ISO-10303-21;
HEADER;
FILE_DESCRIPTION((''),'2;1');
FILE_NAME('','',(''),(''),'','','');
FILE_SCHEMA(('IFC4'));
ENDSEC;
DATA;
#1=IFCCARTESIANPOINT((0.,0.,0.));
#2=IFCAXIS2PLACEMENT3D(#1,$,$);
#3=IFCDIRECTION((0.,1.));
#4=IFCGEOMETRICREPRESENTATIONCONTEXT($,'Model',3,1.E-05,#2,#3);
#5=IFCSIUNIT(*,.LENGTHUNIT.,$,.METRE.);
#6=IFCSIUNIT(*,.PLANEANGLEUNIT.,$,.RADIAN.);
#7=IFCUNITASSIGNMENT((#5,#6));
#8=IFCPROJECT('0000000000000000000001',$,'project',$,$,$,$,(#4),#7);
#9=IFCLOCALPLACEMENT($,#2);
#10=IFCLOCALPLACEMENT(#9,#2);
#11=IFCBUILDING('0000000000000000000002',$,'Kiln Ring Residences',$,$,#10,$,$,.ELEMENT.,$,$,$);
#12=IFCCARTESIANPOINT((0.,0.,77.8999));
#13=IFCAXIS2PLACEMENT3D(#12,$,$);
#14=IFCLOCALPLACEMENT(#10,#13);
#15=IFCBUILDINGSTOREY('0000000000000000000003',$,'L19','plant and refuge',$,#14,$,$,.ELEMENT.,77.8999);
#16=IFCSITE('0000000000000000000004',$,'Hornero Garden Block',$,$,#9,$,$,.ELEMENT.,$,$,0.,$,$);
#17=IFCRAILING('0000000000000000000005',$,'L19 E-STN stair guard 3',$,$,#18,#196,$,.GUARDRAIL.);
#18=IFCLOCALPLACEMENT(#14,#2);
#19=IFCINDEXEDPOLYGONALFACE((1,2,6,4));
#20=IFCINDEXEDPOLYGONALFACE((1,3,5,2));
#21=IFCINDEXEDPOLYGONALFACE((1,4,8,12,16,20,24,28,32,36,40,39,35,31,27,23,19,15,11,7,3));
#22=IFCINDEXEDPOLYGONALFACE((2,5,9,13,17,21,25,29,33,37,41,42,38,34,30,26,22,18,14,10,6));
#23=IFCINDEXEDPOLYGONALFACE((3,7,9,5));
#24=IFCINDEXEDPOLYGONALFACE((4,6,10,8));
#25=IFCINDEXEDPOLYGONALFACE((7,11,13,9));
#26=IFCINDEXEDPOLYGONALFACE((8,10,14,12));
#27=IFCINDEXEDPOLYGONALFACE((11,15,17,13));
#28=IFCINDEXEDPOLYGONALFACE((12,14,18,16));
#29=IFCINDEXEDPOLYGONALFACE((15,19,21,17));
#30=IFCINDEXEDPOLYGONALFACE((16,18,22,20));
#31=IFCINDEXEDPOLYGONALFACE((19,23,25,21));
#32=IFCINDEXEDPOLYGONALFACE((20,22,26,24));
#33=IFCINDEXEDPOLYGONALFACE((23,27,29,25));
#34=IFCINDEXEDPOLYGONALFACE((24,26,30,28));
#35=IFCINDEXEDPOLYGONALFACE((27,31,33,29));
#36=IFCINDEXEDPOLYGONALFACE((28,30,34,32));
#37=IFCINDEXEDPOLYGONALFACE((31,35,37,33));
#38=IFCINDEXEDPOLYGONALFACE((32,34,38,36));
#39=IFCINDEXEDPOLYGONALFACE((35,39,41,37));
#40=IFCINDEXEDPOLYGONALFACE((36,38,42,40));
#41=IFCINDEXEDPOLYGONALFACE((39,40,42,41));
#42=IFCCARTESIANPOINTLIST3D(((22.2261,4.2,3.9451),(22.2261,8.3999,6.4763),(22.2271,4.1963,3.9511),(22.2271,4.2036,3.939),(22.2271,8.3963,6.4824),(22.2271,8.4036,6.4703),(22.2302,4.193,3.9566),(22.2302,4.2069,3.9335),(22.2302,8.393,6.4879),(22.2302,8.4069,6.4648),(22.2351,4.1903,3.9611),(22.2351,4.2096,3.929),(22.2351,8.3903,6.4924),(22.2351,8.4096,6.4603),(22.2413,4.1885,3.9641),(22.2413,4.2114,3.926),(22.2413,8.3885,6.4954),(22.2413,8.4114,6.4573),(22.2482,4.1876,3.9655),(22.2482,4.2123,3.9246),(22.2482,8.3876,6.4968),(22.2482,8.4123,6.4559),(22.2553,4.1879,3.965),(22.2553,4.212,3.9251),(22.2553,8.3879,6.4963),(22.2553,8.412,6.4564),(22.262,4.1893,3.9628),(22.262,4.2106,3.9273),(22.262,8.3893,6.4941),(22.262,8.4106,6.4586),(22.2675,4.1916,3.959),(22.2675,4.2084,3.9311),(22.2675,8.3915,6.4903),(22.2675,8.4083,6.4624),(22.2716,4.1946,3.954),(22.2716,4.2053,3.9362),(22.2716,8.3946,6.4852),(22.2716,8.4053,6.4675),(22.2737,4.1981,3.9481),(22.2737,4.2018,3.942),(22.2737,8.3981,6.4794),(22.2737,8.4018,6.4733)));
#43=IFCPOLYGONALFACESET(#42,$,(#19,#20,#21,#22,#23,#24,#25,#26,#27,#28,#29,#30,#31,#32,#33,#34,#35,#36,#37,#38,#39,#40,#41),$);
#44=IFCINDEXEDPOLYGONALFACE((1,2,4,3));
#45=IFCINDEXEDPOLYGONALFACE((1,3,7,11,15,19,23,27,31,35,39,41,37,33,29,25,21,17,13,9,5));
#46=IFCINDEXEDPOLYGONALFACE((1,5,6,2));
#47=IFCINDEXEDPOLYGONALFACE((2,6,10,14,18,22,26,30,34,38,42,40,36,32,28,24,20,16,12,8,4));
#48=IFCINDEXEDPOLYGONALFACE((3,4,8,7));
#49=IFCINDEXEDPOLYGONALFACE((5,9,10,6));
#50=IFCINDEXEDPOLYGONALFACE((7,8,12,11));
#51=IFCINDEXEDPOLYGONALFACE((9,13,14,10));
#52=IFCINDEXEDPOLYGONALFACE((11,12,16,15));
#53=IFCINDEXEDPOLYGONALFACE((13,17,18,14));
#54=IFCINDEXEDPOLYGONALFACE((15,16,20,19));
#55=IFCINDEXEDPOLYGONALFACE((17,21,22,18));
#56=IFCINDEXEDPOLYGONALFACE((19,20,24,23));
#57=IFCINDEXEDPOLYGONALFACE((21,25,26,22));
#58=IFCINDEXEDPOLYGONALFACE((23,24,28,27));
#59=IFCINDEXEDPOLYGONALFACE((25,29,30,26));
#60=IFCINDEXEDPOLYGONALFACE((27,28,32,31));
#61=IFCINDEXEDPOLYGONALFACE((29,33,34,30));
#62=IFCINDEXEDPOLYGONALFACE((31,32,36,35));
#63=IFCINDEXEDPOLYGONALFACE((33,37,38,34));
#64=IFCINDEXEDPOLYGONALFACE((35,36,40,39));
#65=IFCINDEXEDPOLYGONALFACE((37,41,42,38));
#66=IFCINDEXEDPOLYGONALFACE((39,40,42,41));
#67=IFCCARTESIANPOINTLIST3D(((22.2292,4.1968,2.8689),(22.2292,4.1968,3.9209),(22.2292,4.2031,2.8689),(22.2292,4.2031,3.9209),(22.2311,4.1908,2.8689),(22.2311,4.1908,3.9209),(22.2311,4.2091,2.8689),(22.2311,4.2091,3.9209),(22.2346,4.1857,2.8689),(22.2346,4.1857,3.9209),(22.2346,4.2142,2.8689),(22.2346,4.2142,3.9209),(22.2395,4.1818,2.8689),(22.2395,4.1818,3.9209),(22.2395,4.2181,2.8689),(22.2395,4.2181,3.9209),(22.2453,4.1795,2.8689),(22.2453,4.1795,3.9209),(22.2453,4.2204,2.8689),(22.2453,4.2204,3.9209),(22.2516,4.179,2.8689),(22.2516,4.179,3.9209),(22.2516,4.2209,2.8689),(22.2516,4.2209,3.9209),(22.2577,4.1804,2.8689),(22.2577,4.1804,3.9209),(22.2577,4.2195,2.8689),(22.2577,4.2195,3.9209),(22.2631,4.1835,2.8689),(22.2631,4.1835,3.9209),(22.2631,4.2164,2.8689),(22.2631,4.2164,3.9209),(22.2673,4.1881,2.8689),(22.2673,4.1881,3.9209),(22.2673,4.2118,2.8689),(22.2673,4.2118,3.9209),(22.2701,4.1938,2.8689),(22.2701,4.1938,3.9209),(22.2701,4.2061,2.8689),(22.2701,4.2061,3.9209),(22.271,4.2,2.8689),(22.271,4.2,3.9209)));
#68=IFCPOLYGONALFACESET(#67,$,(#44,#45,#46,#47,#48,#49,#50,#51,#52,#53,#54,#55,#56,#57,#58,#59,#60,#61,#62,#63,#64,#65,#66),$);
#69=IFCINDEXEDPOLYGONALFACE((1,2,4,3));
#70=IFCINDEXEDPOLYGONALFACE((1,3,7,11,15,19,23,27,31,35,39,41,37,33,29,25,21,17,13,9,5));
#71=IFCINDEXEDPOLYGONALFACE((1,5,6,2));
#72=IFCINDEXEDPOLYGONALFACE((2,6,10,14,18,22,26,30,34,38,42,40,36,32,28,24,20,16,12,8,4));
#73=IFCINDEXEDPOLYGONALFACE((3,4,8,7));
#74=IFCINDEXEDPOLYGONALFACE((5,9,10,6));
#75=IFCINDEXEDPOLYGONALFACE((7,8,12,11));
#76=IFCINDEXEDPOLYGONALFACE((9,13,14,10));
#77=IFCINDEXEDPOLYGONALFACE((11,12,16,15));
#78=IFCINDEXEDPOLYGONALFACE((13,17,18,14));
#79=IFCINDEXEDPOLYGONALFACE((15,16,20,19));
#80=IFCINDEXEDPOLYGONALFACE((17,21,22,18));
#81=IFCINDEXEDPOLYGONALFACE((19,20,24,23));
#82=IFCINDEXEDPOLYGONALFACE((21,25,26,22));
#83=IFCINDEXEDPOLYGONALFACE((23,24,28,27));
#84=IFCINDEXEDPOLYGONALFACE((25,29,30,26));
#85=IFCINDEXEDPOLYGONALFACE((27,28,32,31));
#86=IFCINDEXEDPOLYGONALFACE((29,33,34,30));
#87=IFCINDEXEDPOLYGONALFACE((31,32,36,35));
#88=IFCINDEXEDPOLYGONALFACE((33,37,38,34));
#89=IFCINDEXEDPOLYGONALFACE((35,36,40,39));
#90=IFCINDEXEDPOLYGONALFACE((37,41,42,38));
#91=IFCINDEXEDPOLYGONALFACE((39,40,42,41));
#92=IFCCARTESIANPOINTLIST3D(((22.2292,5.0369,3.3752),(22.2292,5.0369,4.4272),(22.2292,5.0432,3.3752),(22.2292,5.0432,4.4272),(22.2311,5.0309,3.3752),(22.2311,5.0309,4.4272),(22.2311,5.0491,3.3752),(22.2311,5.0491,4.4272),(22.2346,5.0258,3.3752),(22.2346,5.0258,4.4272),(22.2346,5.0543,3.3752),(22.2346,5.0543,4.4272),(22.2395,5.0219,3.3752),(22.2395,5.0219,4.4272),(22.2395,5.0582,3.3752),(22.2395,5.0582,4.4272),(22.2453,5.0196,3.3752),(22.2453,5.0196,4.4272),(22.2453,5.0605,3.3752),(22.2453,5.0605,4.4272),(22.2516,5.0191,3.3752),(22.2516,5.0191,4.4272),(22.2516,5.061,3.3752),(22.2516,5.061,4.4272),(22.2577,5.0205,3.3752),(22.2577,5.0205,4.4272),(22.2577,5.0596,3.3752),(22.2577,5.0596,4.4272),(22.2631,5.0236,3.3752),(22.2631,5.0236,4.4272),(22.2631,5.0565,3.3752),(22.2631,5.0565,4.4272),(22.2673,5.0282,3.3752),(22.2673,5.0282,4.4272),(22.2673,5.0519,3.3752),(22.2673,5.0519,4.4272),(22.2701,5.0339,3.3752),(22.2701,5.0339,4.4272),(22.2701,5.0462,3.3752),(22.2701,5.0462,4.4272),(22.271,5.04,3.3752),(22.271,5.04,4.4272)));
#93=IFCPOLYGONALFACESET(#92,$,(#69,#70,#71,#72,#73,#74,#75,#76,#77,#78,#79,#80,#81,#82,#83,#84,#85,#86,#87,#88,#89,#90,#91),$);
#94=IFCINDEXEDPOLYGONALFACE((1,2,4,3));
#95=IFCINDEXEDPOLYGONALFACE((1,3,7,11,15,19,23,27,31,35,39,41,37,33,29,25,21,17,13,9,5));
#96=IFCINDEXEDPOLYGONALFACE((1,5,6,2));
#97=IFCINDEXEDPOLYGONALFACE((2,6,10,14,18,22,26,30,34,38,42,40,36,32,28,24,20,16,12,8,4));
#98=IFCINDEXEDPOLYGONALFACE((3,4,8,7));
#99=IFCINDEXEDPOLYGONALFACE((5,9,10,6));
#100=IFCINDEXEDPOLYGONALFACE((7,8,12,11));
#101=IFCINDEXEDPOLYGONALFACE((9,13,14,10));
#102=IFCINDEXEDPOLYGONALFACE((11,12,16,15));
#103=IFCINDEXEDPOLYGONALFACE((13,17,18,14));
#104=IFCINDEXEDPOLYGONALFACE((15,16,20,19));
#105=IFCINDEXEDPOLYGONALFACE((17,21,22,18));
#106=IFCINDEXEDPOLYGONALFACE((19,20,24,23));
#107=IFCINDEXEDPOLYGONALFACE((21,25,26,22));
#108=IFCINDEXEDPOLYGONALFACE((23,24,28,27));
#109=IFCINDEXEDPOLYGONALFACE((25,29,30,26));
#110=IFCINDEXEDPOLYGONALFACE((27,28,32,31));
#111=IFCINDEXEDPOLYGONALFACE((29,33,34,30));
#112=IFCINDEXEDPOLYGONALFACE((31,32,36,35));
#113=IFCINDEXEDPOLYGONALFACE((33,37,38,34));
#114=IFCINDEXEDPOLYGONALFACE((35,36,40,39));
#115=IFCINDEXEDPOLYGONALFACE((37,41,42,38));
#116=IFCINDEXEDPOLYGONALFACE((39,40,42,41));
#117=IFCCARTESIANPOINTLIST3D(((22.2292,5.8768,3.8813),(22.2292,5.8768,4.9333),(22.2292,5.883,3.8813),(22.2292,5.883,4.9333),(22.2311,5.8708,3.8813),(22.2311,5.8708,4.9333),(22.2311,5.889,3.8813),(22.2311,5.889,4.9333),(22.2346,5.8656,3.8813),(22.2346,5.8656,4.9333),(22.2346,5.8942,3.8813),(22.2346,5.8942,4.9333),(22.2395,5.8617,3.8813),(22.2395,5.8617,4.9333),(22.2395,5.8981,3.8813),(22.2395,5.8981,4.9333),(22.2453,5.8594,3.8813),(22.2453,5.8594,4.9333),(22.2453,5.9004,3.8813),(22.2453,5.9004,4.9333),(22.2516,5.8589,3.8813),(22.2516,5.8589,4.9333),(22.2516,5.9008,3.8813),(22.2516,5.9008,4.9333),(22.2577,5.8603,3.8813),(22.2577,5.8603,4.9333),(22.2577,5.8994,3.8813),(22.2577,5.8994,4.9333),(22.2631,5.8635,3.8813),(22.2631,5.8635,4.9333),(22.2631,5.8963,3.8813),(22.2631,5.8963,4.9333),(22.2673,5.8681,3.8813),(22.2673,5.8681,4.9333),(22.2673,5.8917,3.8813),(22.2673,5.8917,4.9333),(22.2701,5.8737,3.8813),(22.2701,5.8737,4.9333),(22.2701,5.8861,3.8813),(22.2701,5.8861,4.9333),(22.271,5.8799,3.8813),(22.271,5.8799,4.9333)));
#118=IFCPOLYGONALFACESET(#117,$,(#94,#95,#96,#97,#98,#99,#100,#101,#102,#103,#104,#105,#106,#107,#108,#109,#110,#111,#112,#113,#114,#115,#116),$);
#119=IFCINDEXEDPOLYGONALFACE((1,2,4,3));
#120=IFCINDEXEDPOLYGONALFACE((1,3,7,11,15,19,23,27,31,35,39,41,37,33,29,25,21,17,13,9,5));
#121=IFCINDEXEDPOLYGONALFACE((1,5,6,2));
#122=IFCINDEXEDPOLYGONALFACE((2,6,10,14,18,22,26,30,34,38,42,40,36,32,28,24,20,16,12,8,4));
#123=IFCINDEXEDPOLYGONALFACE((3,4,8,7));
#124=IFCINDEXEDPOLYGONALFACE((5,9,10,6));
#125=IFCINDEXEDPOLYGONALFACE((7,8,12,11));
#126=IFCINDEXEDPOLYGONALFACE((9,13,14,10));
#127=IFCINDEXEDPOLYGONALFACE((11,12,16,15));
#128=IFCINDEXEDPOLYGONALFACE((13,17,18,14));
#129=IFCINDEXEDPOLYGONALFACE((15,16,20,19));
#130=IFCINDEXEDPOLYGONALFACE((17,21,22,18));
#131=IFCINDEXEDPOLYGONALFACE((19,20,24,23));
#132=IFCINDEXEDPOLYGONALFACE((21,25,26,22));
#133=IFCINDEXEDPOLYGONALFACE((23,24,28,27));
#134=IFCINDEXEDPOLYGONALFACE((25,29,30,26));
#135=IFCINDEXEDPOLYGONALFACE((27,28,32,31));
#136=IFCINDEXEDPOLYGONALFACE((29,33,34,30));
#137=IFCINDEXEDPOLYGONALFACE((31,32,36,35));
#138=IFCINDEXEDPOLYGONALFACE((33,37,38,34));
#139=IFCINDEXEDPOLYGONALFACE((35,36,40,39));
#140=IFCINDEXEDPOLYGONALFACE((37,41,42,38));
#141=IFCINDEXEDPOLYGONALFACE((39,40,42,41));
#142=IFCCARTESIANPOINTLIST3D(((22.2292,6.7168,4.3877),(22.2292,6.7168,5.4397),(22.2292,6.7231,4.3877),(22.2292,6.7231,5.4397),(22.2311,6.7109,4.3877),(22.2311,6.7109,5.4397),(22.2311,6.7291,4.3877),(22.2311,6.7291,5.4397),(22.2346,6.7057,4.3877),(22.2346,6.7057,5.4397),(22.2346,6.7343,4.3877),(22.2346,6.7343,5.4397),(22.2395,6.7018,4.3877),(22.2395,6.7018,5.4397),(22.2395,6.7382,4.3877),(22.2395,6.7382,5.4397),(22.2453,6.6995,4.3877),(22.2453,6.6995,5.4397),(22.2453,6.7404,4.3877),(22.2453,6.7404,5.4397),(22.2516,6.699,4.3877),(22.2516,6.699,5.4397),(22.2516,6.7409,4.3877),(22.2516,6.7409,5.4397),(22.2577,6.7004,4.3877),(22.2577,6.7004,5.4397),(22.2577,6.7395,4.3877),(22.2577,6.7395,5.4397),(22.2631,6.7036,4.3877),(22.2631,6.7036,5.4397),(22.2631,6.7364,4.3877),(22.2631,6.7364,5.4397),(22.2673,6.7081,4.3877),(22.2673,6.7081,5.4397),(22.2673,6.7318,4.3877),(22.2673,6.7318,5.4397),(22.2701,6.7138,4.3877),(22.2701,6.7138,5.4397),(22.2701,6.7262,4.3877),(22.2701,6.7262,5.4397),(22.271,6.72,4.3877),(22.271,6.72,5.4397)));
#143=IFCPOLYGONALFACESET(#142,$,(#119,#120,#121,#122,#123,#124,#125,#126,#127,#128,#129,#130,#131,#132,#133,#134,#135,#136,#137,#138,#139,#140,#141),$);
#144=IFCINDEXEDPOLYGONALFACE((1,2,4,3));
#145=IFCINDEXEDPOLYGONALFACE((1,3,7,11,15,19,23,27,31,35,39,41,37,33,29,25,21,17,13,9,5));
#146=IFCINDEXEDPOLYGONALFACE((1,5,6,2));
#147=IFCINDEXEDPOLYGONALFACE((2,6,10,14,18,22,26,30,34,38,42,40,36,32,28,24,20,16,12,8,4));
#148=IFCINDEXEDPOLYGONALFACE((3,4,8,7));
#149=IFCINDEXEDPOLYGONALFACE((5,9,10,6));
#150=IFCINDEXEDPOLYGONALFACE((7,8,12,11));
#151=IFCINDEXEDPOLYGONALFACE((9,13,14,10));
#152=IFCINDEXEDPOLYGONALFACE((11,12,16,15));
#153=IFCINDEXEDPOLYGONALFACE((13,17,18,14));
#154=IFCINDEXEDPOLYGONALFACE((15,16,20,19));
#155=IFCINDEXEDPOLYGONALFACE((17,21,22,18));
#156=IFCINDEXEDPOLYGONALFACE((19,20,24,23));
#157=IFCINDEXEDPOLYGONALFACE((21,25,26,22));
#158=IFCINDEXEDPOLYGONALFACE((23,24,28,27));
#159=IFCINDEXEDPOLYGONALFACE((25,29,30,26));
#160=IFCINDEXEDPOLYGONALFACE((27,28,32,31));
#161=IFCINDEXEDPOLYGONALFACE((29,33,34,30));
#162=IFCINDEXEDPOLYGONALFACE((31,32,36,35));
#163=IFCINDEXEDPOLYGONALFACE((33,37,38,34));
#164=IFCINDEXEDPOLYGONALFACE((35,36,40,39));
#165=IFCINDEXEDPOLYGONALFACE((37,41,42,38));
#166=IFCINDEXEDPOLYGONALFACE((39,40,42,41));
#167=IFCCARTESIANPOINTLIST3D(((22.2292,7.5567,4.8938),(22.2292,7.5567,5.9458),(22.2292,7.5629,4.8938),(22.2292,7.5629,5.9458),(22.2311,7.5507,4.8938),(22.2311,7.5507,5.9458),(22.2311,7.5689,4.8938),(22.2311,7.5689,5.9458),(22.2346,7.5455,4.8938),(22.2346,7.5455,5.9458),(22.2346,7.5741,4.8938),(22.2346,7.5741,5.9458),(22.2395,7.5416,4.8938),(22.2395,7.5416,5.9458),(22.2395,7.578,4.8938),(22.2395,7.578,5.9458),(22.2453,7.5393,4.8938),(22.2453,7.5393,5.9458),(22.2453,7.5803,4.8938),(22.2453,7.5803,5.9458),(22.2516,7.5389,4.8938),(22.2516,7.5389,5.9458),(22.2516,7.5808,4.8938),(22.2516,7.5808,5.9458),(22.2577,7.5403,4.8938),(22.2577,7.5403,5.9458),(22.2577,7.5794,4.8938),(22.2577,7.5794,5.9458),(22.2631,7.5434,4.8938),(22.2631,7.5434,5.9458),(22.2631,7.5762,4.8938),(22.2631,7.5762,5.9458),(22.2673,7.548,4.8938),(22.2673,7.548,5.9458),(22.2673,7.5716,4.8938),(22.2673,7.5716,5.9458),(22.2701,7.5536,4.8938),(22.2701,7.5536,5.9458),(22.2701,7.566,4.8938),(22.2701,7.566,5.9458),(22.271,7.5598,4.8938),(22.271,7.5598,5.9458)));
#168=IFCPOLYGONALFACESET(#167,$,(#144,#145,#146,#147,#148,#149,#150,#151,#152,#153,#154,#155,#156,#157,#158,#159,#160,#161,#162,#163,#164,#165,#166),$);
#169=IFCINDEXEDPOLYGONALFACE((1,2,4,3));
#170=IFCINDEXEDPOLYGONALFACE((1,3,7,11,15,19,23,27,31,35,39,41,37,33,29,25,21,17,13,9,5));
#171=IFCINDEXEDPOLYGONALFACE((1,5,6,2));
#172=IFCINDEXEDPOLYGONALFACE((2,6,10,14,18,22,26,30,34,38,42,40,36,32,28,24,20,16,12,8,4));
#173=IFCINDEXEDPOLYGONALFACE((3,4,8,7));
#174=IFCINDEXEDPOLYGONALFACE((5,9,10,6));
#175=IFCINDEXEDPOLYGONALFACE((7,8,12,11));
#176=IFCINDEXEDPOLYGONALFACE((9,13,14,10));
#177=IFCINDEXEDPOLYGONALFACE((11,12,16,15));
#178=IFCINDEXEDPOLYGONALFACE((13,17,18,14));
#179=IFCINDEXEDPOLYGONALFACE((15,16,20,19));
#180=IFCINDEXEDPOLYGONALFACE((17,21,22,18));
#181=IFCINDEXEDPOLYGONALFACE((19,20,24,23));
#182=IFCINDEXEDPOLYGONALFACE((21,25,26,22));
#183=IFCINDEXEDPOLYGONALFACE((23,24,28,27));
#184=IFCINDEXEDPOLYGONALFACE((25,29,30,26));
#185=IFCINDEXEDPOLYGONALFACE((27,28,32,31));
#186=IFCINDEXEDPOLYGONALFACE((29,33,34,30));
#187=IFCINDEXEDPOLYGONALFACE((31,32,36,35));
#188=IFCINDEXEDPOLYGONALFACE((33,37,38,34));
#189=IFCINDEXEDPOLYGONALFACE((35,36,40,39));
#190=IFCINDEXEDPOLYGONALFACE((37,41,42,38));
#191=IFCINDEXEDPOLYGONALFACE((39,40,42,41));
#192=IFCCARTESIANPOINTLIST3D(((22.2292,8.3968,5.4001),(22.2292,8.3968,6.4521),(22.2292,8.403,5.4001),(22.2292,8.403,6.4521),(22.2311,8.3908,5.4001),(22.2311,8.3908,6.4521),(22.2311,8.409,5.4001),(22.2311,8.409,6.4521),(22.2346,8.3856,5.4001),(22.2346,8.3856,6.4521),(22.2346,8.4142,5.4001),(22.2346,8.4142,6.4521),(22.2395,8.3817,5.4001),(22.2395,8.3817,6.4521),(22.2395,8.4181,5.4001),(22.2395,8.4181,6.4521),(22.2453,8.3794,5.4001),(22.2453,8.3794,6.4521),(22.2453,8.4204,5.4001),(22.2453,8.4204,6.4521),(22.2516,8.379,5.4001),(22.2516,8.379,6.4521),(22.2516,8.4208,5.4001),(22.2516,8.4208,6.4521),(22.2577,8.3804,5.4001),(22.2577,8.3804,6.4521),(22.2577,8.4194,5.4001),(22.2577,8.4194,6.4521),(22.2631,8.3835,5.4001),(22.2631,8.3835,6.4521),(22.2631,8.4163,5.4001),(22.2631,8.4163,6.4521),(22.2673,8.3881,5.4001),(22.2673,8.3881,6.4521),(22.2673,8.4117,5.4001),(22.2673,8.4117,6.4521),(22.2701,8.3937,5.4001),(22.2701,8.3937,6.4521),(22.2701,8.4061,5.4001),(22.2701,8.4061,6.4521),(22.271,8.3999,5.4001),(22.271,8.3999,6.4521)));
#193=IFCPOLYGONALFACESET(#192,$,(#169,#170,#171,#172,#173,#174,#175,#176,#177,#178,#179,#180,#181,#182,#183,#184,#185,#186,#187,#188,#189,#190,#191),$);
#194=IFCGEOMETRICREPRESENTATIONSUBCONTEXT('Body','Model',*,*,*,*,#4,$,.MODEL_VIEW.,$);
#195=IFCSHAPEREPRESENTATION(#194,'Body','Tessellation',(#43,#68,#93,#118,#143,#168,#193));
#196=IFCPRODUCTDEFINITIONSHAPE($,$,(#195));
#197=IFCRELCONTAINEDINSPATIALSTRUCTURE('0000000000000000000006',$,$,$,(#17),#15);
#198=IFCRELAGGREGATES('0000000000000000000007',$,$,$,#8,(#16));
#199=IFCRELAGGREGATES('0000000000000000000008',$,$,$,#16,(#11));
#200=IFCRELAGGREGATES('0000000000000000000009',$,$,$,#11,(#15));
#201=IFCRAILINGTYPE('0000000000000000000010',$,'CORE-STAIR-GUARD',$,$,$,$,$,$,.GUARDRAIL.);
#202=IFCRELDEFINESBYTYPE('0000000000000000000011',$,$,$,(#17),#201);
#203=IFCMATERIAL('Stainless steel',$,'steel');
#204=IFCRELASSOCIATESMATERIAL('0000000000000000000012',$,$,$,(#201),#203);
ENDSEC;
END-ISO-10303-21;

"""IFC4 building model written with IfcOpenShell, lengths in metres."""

from ifc_helpers import new_model, si_unit, direction, frame, origin, origin_2d, place, context, subcontext, project, spatial, circle, extrude, material, type_object, element, save


model = new_model("IFC4")

# Units and contexts
model_context = context("Model", 3, precision=1e-05, world=origin(), true_north=direction((0.0, 1.0)))
body_context = subcontext(model_context, "Body", "Model", "MODEL_VIEW")
ifc_project = project(units=[si_unit("LENGTHUNIT", "METRE"), si_unit("PLANEANGLEUNIT", "RADIAN")], contexts=[model_context])

# Site, building, storey
site_placement = place(None, origin())
site = spatial("IfcSite", under=ifc_project, at=site_placement, Name="Hornero Garden Block", CompositionType="ELEMENT", RefElevation=0.0)
building_placement = place(site_placement, origin())
building = spatial("IfcBuilding", under=site, at=building_placement, Name="Kiln Ring Residences", CompositionType="ELEMENT")
storey_placement = place(building_placement, frame((0.0, 0.0, 77.8999)))
storey = spatial("IfcBuildingStorey", under=building, at=storey_placement, Name="L19", Description="plant and refuge", CompositionType="ELEMENT", Elevation=77.8999)

# Railing
ifc_material_1 = material(Name="Stainless steel", Category="steel")
railing_type_1 = type_object("IfcRailingType", Name="CORE-STAIR-GUARD", PredefinedType="GUARDRAIL", material=ifc_material_1)
railing_1_placement = place(storey_placement, frame((22.25, 4.2, 2.8689)))
element("IfcRailing", 1, at=railing_1_placement, inside=storey, type_object=railing_type_1, Name="L19 E-STN stair guard 3", PredefinedType="GUARDRAIL", context=body_context, shape_type="SweptSolid", body=[
    extrude(circle(Radius=0.0239, at=origin_2d()), frame((0.0, 0.0, 1.0762), z_axis=(0.0, 0.856476, 0.516186), x_axis=(-1.0, 0.0, 0.0)), (0.0, 0.0, 1.0), 4.9038),
    extrude(circle(Radius=0.021, at=origin_2d()), origin(), (0.0, 0.0, 1.0), 1.052),
    extrude(circle(Radius=0.021, at=origin_2d()), frame((0.0, 0.8401, 0.5063)), (0.0, 0.0, 1.0), 1.052),
    extrude(circle(Radius=0.021, at=origin_2d()), frame((0.0, 1.6799, 1.0125)), (0.0, 0.0, 1.0), 1.052),
    extrude(circle(Radius=0.021, at=origin_2d()), frame((0.0, 2.52, 1.5188)), (0.0, 0.0, 1.0), 1.052),
    extrude(circle(Radius=0.021, at=origin_2d()), frame((0.0, 3.3599, 2.0249)), (0.0, 0.0, 1.0), 1.052),
    extrude(circle(Radius=0.021, at=origin_2d()), frame((0.0, 4.2, 2.5312)), (0.0, 0.0, 1.0), 1.052),
])

save(model, "model.ifc")
